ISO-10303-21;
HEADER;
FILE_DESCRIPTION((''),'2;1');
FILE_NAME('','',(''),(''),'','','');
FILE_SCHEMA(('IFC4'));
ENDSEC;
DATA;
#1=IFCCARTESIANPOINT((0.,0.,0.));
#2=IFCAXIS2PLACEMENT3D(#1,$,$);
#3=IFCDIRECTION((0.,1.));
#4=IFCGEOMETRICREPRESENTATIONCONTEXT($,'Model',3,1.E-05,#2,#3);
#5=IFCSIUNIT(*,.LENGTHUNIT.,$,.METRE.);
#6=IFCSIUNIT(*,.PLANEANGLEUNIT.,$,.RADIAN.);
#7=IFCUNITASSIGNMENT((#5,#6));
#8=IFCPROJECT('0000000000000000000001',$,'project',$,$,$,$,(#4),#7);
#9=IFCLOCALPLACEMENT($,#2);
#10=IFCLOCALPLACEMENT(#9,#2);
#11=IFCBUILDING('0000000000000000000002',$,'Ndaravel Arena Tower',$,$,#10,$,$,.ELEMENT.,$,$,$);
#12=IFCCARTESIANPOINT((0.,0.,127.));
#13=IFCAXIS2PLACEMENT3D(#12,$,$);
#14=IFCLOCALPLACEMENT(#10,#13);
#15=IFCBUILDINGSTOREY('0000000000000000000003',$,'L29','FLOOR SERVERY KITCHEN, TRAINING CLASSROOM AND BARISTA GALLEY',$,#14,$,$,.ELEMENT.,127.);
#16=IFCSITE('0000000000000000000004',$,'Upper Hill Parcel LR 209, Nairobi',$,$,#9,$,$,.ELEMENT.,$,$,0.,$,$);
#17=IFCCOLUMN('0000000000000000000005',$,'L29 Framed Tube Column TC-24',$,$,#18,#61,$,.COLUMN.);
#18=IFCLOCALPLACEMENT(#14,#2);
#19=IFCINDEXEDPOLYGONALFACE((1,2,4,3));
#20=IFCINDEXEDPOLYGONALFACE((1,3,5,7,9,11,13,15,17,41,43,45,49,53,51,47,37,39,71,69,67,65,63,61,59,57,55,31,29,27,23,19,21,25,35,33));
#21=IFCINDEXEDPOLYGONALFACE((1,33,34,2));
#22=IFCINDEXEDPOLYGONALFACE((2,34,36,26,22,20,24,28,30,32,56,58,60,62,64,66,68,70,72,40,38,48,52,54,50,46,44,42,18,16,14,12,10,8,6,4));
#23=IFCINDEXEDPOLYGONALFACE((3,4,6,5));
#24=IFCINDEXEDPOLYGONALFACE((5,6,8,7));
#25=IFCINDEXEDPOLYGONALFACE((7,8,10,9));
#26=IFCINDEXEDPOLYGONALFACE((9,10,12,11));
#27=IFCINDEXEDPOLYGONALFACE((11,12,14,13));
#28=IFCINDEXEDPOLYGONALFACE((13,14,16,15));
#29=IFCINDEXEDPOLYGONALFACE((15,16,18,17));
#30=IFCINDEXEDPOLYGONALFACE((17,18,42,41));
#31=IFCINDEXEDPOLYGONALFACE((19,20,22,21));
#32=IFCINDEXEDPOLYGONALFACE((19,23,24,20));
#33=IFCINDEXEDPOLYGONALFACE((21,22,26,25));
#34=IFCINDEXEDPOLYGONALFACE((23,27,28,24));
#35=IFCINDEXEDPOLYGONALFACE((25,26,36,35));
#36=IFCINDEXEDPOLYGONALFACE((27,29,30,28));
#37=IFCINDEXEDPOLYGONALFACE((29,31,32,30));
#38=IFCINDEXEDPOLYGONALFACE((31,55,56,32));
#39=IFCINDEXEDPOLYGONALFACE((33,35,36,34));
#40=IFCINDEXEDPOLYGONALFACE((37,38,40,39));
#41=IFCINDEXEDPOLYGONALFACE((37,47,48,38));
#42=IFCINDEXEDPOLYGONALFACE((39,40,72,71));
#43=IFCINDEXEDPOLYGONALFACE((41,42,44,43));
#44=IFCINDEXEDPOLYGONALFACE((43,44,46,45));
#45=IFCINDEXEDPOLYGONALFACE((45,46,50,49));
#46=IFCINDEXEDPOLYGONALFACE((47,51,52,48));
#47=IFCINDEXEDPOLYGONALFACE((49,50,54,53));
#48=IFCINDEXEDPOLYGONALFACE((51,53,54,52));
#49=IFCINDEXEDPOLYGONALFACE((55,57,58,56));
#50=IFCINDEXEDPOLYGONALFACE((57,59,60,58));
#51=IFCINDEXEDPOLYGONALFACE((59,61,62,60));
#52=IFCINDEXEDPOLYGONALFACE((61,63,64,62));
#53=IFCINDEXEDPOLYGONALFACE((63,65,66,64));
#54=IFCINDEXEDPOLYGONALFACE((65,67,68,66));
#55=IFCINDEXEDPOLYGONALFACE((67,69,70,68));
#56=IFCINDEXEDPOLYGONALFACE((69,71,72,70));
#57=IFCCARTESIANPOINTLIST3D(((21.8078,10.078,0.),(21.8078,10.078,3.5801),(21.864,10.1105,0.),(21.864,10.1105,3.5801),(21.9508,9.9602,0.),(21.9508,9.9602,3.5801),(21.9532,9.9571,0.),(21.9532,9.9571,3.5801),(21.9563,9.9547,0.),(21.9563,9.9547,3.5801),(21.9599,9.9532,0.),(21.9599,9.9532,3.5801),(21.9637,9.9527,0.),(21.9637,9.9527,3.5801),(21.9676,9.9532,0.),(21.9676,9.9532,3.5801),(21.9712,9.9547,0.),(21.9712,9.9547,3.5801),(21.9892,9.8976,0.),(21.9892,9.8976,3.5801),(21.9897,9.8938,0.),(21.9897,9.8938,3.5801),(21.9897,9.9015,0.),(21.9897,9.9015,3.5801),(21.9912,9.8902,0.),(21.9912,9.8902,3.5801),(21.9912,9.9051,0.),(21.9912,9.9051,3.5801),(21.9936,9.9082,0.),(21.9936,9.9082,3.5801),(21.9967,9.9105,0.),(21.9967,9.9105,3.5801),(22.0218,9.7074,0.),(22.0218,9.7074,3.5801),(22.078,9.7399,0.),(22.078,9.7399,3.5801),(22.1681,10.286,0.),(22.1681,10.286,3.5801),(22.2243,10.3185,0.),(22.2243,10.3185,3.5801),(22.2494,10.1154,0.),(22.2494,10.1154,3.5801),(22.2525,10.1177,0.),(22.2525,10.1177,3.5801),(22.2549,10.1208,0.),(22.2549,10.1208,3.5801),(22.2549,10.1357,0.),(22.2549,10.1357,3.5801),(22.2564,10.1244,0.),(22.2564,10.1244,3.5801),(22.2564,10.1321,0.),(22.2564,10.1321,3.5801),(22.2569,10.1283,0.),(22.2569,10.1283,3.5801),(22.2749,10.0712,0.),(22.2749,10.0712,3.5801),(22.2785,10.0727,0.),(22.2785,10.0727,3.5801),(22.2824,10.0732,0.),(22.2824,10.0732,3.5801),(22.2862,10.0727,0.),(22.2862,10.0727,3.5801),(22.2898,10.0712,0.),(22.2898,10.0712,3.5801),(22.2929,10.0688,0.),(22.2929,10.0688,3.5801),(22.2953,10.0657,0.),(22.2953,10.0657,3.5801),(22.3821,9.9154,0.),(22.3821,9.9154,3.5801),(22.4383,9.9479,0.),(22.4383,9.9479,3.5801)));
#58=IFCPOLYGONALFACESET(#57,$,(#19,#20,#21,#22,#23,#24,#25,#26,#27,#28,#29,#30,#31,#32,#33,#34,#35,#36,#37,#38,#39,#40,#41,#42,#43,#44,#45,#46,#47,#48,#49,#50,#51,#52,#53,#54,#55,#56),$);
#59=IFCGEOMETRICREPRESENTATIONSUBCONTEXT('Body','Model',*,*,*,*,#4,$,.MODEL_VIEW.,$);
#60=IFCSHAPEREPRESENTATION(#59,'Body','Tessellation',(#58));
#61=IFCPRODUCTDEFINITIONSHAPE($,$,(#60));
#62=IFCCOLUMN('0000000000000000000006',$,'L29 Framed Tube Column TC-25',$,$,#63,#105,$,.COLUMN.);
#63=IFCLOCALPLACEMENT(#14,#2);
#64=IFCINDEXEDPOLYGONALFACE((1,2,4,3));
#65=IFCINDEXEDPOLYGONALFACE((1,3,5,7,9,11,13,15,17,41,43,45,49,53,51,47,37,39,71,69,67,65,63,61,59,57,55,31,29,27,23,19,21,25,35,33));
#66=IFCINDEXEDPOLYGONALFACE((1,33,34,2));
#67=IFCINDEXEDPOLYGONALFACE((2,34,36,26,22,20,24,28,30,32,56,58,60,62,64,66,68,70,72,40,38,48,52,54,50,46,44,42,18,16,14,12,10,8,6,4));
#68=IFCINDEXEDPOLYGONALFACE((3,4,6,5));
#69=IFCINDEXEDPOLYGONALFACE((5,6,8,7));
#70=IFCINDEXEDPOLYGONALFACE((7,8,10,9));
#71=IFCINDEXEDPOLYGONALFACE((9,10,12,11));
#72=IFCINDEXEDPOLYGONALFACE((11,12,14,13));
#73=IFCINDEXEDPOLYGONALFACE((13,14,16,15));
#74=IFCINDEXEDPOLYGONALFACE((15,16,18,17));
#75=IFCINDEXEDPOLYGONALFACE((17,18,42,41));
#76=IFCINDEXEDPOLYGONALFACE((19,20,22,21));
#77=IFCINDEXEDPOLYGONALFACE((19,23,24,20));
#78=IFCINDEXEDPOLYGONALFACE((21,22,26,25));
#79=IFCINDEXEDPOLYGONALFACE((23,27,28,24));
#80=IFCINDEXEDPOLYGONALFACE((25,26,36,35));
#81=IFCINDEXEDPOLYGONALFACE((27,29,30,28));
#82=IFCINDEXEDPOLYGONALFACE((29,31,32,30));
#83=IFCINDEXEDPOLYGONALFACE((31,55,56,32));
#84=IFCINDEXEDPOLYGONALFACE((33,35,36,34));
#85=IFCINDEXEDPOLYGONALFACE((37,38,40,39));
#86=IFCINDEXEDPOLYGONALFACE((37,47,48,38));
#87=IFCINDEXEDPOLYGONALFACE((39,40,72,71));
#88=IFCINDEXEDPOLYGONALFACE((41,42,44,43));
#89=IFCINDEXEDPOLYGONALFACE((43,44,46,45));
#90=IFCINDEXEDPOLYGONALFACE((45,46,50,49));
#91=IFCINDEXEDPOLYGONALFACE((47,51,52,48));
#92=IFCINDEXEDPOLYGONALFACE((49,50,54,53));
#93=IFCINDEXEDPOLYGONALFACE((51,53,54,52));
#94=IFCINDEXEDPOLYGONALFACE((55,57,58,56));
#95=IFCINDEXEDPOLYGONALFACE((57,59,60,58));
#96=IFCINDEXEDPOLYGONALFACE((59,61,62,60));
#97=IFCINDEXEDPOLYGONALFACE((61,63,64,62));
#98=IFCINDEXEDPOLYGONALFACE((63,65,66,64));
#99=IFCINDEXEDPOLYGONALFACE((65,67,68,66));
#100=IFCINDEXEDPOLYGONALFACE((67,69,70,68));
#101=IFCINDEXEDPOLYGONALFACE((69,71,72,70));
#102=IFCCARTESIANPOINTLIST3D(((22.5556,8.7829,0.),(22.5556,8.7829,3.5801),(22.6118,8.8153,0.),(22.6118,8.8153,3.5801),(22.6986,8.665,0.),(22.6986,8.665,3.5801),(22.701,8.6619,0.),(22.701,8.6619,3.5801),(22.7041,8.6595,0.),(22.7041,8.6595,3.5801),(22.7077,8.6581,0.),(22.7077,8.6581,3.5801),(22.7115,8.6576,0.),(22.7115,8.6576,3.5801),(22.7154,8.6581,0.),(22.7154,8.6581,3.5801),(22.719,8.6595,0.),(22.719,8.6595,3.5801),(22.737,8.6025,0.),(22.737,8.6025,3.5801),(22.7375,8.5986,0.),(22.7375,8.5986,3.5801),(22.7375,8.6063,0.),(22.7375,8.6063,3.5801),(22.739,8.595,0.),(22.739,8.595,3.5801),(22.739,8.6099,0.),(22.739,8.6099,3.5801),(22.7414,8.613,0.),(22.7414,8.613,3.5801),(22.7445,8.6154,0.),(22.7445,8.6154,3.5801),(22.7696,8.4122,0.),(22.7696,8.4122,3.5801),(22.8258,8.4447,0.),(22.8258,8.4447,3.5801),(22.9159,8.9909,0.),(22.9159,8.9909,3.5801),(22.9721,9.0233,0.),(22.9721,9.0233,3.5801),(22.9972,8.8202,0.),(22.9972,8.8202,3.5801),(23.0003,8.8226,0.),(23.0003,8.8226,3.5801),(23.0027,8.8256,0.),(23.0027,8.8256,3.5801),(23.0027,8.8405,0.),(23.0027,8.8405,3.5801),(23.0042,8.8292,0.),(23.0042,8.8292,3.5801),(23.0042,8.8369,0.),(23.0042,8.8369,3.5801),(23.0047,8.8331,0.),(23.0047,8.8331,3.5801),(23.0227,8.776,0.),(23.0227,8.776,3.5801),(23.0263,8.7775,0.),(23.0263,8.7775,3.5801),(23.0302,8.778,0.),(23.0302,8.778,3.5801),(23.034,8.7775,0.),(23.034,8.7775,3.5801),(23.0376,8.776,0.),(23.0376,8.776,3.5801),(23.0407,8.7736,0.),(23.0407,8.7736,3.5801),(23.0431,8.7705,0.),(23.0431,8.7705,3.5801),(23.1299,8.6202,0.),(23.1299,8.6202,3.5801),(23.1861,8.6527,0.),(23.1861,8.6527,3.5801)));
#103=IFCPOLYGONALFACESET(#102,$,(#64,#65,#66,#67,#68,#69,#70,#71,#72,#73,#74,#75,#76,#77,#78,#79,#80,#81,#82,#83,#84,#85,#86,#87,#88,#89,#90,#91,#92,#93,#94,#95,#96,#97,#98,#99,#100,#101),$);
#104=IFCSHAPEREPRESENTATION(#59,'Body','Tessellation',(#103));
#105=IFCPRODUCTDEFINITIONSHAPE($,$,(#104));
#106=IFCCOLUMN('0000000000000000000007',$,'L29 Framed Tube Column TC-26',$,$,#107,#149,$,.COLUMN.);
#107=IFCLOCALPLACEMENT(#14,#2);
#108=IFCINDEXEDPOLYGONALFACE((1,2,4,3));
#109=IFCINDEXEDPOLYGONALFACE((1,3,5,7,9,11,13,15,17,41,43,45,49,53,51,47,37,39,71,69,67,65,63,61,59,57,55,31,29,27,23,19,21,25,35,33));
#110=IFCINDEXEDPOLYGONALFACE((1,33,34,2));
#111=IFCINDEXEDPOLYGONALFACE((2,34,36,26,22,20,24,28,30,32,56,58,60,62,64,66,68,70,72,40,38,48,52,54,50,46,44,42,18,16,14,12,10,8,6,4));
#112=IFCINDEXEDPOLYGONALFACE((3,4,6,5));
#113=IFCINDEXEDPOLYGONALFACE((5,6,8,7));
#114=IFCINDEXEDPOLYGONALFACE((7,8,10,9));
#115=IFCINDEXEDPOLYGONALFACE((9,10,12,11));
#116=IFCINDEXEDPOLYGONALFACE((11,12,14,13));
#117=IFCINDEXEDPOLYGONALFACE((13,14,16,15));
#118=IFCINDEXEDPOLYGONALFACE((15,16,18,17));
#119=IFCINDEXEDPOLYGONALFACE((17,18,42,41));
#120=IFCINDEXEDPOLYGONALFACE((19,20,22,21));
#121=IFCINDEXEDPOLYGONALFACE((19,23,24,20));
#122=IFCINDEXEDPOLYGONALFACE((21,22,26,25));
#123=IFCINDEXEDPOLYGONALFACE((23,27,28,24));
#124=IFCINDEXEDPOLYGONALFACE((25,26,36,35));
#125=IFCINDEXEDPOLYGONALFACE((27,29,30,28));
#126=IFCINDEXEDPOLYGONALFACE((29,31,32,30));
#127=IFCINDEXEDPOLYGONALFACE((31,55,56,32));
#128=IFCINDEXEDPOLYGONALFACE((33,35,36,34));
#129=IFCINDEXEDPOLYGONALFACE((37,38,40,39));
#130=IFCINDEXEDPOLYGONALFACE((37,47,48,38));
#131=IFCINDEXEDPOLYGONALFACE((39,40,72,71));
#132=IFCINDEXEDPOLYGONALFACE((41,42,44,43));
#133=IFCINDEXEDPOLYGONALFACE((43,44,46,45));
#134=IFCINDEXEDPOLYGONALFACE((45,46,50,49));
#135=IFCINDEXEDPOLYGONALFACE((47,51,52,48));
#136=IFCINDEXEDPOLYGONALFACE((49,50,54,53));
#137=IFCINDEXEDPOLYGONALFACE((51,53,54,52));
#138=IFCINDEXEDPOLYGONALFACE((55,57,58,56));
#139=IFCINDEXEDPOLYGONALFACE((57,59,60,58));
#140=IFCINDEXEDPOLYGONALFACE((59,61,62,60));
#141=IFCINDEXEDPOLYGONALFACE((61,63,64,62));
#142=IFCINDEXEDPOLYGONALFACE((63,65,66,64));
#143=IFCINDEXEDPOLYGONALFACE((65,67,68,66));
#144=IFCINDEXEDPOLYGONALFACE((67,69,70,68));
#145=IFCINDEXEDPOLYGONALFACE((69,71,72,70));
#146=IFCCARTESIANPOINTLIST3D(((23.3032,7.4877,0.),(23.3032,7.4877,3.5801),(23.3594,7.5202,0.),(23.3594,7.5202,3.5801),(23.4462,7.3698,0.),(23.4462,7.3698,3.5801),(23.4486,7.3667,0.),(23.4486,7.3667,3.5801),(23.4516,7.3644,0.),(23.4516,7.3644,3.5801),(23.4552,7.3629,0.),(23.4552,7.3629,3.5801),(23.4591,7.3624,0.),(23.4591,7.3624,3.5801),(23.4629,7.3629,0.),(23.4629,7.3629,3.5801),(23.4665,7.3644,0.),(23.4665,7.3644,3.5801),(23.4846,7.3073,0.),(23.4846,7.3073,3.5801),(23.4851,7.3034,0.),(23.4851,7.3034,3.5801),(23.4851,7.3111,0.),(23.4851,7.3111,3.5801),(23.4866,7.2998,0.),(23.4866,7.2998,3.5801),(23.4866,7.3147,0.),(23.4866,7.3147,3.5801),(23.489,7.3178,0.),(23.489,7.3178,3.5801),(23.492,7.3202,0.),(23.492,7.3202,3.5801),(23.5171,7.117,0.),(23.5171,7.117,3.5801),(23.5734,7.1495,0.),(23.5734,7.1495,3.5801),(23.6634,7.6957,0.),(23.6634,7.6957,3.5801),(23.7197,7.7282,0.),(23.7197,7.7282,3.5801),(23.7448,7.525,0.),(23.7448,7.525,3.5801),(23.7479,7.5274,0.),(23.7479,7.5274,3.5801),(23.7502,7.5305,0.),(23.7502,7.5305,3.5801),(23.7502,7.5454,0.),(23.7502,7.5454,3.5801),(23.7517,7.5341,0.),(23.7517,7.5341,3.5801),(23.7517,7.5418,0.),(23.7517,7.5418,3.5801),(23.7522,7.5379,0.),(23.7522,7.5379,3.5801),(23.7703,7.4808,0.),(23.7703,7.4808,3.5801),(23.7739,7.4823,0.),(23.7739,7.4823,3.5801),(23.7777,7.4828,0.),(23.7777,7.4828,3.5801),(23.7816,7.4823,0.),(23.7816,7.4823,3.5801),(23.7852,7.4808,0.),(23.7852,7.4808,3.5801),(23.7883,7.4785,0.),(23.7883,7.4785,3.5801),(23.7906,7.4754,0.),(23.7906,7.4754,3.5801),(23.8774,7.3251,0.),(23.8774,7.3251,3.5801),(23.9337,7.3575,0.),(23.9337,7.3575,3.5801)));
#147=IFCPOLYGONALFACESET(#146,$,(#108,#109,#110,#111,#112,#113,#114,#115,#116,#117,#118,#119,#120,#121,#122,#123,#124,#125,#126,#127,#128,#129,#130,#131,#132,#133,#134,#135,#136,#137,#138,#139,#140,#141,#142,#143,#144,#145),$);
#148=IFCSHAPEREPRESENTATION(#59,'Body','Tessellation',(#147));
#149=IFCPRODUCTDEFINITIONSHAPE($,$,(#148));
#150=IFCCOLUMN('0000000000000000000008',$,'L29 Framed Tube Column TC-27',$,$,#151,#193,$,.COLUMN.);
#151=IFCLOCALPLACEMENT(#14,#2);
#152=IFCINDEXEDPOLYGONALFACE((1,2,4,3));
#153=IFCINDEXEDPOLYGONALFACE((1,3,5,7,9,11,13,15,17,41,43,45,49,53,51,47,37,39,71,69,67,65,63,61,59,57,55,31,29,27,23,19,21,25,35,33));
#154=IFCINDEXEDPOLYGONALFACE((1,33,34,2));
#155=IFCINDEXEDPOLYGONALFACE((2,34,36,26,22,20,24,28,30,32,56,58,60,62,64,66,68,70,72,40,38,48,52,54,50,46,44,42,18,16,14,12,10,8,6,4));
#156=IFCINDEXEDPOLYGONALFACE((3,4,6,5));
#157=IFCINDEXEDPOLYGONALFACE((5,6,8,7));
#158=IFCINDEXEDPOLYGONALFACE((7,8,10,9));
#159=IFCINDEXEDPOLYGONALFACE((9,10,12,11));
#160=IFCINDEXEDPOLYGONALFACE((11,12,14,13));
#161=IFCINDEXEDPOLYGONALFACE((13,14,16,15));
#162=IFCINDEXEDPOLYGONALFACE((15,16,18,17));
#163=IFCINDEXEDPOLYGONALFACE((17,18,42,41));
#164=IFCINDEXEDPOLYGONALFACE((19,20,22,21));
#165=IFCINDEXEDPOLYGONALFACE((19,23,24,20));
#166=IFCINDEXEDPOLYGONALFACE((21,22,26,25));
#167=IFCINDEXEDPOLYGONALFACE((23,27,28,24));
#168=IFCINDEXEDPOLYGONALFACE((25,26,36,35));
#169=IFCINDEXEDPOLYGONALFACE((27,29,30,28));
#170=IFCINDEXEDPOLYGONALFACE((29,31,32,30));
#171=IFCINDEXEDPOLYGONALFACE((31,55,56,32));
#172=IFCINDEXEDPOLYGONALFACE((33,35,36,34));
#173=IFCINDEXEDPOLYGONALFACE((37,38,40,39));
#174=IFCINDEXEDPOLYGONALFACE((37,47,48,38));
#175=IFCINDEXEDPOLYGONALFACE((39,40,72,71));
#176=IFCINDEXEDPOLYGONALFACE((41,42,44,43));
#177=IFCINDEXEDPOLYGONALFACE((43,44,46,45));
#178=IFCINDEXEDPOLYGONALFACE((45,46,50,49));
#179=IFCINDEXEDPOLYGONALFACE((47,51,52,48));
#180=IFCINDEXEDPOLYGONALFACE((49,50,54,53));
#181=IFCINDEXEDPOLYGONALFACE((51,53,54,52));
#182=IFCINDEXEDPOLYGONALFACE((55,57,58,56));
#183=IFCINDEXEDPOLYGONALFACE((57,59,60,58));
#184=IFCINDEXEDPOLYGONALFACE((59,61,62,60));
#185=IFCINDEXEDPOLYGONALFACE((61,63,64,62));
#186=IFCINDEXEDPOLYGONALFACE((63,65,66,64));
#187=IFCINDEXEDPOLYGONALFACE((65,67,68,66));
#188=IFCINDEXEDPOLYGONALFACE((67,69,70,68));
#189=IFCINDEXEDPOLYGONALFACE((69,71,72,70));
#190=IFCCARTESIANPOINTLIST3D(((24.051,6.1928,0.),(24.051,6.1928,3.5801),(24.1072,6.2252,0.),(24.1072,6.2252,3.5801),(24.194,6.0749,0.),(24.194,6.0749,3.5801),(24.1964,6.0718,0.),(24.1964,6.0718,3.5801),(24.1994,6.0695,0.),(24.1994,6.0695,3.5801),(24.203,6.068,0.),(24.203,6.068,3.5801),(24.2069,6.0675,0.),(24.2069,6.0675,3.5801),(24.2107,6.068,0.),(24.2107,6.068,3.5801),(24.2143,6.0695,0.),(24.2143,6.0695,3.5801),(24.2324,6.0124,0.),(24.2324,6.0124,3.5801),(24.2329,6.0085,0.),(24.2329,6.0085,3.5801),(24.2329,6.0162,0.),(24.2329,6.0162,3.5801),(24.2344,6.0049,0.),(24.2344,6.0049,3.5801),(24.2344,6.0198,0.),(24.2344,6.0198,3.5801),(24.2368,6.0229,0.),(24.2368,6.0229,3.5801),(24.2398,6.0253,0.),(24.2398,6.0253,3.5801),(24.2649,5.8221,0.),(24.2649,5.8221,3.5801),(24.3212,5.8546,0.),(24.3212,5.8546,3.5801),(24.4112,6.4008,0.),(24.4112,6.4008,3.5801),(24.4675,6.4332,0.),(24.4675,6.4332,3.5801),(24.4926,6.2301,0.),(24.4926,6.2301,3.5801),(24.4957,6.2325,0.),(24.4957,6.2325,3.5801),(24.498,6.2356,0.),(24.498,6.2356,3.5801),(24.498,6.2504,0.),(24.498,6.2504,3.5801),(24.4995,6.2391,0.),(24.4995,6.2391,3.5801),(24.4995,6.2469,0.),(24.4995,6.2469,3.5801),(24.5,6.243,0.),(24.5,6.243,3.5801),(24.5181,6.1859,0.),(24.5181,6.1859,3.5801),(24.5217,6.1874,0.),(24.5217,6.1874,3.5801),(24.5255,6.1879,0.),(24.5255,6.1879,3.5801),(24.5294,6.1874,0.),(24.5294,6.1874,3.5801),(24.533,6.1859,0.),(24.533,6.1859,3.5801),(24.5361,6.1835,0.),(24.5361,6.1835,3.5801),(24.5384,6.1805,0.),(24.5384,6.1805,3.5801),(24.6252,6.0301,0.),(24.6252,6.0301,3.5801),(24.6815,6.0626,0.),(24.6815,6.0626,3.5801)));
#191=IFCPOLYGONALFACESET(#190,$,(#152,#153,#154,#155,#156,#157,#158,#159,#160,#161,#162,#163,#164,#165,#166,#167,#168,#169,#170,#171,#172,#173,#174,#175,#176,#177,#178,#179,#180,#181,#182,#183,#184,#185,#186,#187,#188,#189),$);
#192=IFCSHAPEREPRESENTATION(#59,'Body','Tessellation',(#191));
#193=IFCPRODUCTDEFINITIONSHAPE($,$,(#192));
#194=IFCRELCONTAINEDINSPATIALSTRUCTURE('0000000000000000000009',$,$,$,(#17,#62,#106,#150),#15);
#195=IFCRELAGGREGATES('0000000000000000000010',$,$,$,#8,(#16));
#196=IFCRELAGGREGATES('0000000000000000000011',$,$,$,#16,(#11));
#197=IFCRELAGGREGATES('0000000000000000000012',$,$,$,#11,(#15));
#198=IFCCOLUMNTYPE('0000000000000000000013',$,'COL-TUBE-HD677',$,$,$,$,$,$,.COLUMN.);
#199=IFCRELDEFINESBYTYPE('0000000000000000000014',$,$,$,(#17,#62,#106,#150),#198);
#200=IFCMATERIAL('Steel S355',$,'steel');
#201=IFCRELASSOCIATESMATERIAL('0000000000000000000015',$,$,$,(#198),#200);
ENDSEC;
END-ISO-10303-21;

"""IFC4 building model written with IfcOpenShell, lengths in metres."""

from ifc_helpers import new_model, si_unit, direction, frame, origin, origin_2d, place, context, subcontext, project, spatial, i_section, extrude, material, material_profile, profile_set, type_object, element, save


model = new_model("IFC4")

# Units and contexts
model_context = context("Model", 3, precision=1e-05, world=origin(), true_north=direction((0.0, 1.0)))
body_context = subcontext(model_context, "Body", "Model", "MODEL_VIEW")
ifc_project = project(units=[si_unit("LENGTHUNIT", "METRE"), si_unit("PLANEANGLEUNIT", "RADIAN")], contexts=[model_context])

# Site, building, storey
site_placement = place(None, origin())
site = spatial("IfcSite", under=ifc_project, at=site_placement, Name="Upper Hill Parcel LR 209, Nairobi", CompositionType="ELEMENT", RefElevation=0.0)
building_placement = place(site_placement, origin())
building = spatial("IfcBuilding", under=site, at=building_placement, Name="Ndaravel Arena Tower", CompositionType="ELEMENT")
storey_placement = place(building_placement, frame((0.0, 0.0, 127.0)))
storey = spatial("IfcBuildingStorey", under=building, at=storey_placement, Name="L29", Description="FLOOR SERVERY KITCHEN, TRAINING CLASSROOM AND BARISTA GALLEY", CompositionType="ELEMENT", Elevation=127.0)

# Columns
ifc_material_1 = material(Name="Steel S355", Category="steel")
ifc_material_profile_1 = material_profile(ifc_material_1, i_section(OverallWidth=0.428, OverallDepth=0.481, WebThickness=0.051, FlangeThickness=0.0649, FilletRadius=0.0149, at=origin_2d()), Name="HD 400x677")
ifc_profile_set_1 = profile_set([ifc_material_profile_1], Name="Steel S355")
column_type = type_object("IfcColumnType", Name="COL-TUBE-HD677", PredefinedType="COLUMN", material=ifc_profile_set_1)
for number, where, z_axis, x_axis, name in (
    (1, (22.123, 10.0129, 0.0), (0.0, 0.0, 1.0), (-0.5, 0.866025, 0.0), "L29 Framed Tube Column TC-24"),
    (2, (22.8708, 8.7178, 0.0), (0.0, 0.0, 1.0), (-0.5, 0.866025, 0.0), "L29 Framed Tube Column TC-25"),
    (3, (23.6184, 7.4226, 0.0), (0.0, 0.0, 1.0), (-0.5, 0.866025, 0.0), "L29 Framed Tube Column TC-26"),
    (4, (24.3662, 6.1277, 0.0), (0.0, 0.0, 1.0), (-0.5, 0.866025, 0.0), "L29 Framed Tube Column TC-27"),
):
    element("IfcColumn", number, at=place(storey_placement, frame(where, z_axis=z_axis, x_axis=x_axis)), inside=storey, type_object=column_type, Name=name, PredefinedType="COLUMN", context=body_context, shape_type="SweptSolid", body=[
        extrude(i_section(OverallWidth=0.428, OverallDepth=0.481, WebThickness=0.051, FlangeThickness=0.0649, FilletRadius=0.0149, at=origin_2d()), origin(), (0.0, 0.0, 1.0), 3.5801),
    ])

save(model, "model.ifc")
